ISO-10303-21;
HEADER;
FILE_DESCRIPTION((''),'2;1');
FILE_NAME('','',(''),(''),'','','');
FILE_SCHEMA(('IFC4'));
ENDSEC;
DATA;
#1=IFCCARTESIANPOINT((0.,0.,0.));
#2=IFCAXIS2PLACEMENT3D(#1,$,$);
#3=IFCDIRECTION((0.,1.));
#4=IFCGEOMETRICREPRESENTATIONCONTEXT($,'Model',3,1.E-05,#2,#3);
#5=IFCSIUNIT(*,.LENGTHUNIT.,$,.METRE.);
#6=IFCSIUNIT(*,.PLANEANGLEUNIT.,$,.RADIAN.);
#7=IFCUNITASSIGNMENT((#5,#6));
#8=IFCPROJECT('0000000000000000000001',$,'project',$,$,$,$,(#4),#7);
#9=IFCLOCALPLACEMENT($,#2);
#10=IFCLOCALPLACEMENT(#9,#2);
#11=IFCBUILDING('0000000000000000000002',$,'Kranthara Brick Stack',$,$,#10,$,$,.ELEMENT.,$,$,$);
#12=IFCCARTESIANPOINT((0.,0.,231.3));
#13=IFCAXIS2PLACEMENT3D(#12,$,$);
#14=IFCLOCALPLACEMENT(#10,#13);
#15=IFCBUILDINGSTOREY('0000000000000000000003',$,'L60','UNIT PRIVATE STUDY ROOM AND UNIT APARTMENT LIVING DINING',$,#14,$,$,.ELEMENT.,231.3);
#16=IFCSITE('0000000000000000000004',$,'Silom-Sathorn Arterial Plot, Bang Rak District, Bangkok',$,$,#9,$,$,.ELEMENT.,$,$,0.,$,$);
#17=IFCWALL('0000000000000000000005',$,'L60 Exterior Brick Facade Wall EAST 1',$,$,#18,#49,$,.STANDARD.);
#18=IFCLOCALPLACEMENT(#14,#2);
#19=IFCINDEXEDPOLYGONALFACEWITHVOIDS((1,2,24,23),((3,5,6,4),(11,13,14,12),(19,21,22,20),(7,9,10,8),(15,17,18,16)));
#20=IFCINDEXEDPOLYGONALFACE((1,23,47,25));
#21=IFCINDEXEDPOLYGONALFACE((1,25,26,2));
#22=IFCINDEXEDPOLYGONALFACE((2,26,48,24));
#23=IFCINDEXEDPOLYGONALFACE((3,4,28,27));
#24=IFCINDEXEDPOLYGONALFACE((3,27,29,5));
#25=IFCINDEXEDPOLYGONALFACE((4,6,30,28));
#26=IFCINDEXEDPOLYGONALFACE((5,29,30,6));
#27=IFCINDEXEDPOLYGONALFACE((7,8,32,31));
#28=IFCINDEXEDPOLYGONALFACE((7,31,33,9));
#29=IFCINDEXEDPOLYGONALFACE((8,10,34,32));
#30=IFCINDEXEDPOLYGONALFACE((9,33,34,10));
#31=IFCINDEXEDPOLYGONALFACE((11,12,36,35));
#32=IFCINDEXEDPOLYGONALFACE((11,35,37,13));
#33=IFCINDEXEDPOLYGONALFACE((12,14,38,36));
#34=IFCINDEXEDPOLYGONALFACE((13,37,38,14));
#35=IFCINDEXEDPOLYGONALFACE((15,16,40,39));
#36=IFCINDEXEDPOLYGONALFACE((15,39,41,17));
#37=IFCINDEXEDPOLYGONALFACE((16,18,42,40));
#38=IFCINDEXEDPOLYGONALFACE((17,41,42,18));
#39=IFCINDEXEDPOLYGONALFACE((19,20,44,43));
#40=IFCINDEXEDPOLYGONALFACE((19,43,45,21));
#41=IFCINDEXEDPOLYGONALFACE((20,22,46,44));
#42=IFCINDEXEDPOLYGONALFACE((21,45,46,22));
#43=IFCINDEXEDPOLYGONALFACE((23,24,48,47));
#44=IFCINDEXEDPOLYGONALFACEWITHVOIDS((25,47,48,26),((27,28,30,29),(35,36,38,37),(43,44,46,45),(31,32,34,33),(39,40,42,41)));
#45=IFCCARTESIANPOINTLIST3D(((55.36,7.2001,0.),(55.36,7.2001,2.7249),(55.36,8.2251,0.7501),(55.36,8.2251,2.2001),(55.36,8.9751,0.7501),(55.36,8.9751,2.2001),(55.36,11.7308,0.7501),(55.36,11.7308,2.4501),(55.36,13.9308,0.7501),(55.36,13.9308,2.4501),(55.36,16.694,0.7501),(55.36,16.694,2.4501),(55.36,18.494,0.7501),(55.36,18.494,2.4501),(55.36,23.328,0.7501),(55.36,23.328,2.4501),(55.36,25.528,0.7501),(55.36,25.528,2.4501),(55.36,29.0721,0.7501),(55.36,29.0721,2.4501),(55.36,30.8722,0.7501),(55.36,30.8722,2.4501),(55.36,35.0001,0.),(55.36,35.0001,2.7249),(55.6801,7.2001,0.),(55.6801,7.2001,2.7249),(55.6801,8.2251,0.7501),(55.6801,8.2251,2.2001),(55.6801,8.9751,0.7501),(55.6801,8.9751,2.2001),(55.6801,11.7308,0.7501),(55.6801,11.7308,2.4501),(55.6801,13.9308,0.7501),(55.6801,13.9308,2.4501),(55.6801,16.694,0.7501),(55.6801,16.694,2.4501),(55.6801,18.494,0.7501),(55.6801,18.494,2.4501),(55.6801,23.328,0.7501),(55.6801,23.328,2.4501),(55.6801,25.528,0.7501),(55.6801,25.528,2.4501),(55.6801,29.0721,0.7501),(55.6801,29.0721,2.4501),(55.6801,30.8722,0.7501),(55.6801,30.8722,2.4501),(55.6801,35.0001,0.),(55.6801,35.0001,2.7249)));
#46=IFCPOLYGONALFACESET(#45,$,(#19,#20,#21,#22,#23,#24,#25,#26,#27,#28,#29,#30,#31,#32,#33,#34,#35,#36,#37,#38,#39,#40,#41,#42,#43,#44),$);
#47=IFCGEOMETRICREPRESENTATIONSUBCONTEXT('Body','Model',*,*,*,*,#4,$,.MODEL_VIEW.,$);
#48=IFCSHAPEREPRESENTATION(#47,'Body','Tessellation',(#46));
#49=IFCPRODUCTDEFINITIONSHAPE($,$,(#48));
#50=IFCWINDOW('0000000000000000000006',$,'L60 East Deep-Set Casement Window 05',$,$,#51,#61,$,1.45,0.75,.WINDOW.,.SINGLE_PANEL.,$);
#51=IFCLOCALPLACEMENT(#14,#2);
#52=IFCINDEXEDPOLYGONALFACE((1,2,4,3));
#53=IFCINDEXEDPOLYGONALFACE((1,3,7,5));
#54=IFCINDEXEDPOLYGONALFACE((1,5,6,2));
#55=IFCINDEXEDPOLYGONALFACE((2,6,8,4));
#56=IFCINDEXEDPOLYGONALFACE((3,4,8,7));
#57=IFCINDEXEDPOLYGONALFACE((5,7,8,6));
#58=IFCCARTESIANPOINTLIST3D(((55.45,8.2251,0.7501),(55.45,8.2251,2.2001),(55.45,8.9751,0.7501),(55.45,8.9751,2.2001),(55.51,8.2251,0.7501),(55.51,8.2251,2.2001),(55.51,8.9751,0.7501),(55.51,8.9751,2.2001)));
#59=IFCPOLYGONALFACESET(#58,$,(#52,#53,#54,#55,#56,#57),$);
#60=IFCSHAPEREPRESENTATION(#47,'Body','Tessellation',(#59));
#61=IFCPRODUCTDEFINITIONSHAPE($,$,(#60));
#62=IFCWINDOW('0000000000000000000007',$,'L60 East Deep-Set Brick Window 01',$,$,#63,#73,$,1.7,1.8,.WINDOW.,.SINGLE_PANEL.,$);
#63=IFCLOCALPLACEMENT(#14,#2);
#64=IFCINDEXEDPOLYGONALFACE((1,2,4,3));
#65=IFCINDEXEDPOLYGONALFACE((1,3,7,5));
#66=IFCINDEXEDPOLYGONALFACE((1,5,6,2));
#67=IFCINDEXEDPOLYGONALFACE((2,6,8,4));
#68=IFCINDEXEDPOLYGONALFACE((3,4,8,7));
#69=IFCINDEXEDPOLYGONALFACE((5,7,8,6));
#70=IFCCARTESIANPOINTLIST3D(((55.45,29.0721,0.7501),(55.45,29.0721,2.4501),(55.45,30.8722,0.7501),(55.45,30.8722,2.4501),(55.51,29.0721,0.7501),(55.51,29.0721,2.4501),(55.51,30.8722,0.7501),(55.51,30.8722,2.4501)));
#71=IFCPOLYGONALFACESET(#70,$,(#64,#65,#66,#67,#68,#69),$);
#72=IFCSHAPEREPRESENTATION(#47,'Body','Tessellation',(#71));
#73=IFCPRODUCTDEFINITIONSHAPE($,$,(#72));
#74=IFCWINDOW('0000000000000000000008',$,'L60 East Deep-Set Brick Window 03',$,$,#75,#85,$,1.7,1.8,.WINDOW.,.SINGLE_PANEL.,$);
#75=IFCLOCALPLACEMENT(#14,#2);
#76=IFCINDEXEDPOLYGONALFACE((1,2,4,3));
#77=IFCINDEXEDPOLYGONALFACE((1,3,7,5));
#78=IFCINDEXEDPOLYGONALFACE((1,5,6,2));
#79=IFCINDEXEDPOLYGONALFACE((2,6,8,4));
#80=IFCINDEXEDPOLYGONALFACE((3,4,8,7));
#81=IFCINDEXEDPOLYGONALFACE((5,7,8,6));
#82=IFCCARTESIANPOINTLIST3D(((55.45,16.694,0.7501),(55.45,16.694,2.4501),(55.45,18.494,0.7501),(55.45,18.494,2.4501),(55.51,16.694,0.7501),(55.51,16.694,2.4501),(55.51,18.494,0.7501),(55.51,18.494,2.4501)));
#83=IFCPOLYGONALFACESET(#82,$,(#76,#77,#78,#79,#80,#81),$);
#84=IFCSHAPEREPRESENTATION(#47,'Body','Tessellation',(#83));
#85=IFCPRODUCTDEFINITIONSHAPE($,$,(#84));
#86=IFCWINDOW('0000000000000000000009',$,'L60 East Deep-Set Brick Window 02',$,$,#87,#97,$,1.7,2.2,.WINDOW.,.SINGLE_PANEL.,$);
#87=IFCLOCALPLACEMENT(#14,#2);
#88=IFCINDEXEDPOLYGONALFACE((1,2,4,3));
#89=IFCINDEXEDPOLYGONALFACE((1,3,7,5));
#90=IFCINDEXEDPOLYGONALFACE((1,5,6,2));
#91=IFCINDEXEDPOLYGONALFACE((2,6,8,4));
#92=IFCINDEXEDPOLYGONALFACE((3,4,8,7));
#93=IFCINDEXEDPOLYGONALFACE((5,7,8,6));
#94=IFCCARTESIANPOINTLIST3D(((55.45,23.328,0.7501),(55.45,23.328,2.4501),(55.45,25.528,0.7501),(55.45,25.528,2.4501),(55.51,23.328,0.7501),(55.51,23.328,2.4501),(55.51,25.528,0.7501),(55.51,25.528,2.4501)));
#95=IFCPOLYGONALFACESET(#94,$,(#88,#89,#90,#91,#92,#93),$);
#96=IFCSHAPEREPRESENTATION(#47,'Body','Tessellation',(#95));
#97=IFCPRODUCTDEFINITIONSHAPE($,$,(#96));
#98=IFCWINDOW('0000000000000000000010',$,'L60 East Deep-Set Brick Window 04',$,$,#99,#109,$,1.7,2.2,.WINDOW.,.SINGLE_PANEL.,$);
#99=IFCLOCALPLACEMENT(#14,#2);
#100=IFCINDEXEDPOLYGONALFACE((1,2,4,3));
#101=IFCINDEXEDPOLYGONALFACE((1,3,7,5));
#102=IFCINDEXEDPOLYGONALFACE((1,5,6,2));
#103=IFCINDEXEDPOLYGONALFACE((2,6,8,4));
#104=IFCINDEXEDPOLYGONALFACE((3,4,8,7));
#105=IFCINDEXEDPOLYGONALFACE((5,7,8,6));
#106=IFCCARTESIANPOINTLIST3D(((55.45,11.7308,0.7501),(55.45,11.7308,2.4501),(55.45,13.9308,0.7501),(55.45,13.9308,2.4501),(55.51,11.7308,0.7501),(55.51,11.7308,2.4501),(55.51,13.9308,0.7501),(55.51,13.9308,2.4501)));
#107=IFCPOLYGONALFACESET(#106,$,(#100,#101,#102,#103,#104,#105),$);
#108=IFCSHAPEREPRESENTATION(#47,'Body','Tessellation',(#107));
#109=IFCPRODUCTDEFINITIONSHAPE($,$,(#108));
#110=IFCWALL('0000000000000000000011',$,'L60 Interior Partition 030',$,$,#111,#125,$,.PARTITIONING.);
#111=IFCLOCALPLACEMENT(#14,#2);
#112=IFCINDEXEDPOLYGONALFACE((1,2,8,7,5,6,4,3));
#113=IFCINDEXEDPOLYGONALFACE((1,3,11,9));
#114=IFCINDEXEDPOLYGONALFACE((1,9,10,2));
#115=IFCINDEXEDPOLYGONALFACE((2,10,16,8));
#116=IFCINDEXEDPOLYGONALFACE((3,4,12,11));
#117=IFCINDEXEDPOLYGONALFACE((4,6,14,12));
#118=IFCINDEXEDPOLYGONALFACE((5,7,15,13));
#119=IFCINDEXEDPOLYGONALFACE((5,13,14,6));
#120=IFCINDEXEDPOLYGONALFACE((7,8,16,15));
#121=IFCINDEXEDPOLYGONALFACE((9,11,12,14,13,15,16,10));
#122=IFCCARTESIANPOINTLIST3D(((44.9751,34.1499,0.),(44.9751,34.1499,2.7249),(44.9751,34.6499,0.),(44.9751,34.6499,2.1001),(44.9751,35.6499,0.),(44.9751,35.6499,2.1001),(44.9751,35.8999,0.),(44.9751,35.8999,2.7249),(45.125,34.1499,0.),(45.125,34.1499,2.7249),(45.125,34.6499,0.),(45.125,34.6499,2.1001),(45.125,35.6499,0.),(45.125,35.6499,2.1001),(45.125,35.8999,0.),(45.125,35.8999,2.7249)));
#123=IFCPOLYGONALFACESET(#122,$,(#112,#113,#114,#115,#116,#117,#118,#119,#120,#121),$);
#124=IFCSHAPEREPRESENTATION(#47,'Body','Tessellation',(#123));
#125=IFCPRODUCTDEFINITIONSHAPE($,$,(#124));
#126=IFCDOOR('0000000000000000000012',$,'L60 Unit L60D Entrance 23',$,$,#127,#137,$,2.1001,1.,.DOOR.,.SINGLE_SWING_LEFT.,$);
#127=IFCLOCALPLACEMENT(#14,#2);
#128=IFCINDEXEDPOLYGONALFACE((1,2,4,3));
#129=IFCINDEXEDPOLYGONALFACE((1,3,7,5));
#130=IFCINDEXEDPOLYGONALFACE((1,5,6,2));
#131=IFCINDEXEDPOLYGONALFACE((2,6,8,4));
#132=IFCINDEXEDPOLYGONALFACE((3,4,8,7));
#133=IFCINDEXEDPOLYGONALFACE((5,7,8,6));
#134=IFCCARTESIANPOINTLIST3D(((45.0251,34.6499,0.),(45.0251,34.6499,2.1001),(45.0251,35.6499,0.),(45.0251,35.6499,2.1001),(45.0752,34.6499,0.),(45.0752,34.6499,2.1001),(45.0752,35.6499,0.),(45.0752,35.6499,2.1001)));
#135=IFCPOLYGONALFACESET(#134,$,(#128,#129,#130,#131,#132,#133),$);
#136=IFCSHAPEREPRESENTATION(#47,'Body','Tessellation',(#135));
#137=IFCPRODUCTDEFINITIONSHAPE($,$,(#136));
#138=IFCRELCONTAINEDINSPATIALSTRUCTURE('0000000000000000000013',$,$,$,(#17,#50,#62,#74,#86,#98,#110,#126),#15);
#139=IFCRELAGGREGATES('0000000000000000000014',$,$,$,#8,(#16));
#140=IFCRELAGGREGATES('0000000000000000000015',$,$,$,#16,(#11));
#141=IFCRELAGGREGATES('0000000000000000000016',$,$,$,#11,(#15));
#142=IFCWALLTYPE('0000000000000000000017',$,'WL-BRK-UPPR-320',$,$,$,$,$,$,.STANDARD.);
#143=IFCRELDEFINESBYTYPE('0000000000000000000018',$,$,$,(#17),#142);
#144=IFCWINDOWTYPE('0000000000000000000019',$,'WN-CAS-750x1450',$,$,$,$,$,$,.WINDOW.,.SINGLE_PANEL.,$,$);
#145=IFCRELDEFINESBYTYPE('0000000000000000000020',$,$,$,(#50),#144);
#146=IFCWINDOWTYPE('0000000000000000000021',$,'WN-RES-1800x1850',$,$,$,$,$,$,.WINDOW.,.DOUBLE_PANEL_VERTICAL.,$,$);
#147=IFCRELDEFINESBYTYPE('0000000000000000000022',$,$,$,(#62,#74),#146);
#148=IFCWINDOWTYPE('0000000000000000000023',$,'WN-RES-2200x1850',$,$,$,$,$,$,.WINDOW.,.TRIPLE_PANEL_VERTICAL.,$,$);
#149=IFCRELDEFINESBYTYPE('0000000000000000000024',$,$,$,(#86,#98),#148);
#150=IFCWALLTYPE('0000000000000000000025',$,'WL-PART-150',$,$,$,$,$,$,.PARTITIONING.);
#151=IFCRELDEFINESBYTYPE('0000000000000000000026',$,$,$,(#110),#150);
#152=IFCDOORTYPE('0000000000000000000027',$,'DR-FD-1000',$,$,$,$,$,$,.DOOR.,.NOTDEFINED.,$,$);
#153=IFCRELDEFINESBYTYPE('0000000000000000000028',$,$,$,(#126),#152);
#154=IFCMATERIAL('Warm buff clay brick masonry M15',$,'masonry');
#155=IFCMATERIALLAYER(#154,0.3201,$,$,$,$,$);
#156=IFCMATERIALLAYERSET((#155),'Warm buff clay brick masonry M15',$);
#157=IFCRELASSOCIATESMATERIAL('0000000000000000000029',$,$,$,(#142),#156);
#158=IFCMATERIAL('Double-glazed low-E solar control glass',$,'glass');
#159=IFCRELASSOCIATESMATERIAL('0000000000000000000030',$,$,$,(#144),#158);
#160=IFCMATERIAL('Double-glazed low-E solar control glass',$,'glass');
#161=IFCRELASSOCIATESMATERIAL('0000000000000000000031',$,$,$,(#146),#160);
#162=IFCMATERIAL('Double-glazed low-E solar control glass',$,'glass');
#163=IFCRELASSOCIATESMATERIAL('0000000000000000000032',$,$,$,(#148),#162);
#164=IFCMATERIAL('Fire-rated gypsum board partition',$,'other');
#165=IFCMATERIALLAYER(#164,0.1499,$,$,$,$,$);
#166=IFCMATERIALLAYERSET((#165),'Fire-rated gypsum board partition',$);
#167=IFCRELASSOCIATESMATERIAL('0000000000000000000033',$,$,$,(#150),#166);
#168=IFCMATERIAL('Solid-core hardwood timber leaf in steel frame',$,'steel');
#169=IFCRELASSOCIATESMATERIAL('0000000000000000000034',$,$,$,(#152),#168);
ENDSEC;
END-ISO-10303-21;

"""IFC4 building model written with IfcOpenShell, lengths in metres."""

from ifc_helpers import new_model, si_unit, direction, frame, frame_2d, origin, place, context, subcontext, project, spatial, rectangle, extrude, material, layer, layer_set, type_object, element, fill, save


model = new_model("IFC4")

# Units and contexts
model_context = context("Model", 3, precision=1e-05, world=origin(), true_north=direction((0.0, 1.0)))
body_context = subcontext(model_context, "Body", "Model", "MODEL_VIEW")
ifc_project = project(units=[si_unit("LENGTHUNIT", "METRE"), si_unit("PLANEANGLEUNIT", "RADIAN")], contexts=[model_context])

# Site, building, storey
site_placement = place(None, origin())
site = spatial("IfcSite", under=ifc_project, at=site_placement, Name="Silom-Sathorn Arterial Plot, Bang Rak District, Bangkok", CompositionType="ELEMENT", RefElevation=0.0)
building_placement = place(site_placement, origin())
building = spatial("IfcBuilding", under=site, at=building_placement, Name="Kranthara Brick Stack", CompositionType="ELEMENT")
storey_placement = place(building_placement, frame((0.0, 0.0, 231.3)))
storey = spatial("IfcBuildingStorey", under=building, at=storey_placement, Name="L60", Description="UNIT PRIVATE STUDY ROOM AND UNIT APARTMENT LIVING DINING", CompositionType="ELEMENT", Elevation=231.3)

# Shared definitions
ifc_material_1 = material(Name="Warm buff clay brick masonry M15", Category="masonry")
ifc_layer_1 = layer(ifc_material_1, 0.3201)
ifc_layer_set_1 = layer_set([ifc_layer_1], Name="Warm buff clay brick masonry M15")
wall_type_1 = type_object("IfcWallType", Name="WL-BRK-UPPR-320", PredefinedType="STANDARD", material=ifc_layer_set_1)

# Wall, openings, windows
wall_1_placement = place(storey_placement, frame((55.52, 35.0, 0.0), z_axis=(0.0, 0.0, 1.0), x_axis=(0.0, -1.0, 0.0)))
wall_1 = element("IfcWall", 1, at=wall_1_placement, inside=storey, type_object=wall_type_1, Name="L60 Exterior Brick Facade Wall EAST 1", PredefinedType="STANDARD", context=body_context, shape_type="SweptSolid", body=[
    extrude(rectangle(XDim=27.8, YDim=0.3201, at=frame_2d((13.8999, 0.0))), origin(), (0.0, 0.0, 1.0), 2.7249),
])
opening_1_placement = place(wall_1_placement, frame((4.1279, 0.0, 0.75)))
opening_1 = element("IfcOpeningElement", 2, at=opening_1_placement, cuts=wall_1, PredefinedType="OPENING", context=body_context, shape_type="SweptSolid", body=[
    extrude(rectangle(XDim=1.8, YDim=1.7, at=frame_2d((0.8999, 0.8501))), frame((0.0, 0.1699, 0.0), z_axis=(0.0, -1.0, 0.0), x_axis=(1.0, 0.0, 0.0)), (0.0, 0.0, 1.0), 0.3401),
])
opening_2_placement = place(wall_1_placement, frame((9.4719, 0.0, 0.75)))
opening_2 = element("IfcOpeningElement", 3, at=opening_2_placement, cuts=wall_1, PredefinedType="OPENING", context=body_context, shape_type="SweptSolid", body=[
    extrude(rectangle(XDim=2.2, YDim=1.7, at=frame_2d((1.1001, 0.8501))), frame((0.0, 0.1699, 0.0), z_axis=(0.0, -1.0, 0.0), x_axis=(1.0, 0.0, 0.0)), (0.0, 0.0, 1.0), 0.3401),
])
opening_3_placement = place(wall_1_placement, frame((16.5061, 0.0, 0.75)))
opening_3 = element("IfcOpeningElement", 4, at=opening_3_placement, cuts=wall_1, PredefinedType="OPENING", context=body_context, shape_type="SweptSolid", body=[
    extrude(rectangle(XDim=1.8, YDim=1.7, at=frame_2d((0.8999, 0.8501))), frame((0.0, 0.1699, 0.0), z_axis=(0.0, -1.0, 0.0), x_axis=(1.0, 0.0, 0.0)), (0.0, 0.0, 1.0), 0.3401),
])
opening_4_placement = place(wall_1_placement, frame((21.0691, 0.0, 0.75)))
opening_4 = element("IfcOpeningElement", 5, at=opening_4_placement, cuts=wall_1, PredefinedType="OPENING", context=body_context, shape_type="SweptSolid", body=[
    extrude(rectangle(XDim=2.2, YDim=1.7, at=frame_2d((1.1001, 0.8501))), frame((0.0, 0.1699, 0.0), z_axis=(0.0, -1.0, 0.0), x_axis=(1.0, 0.0, 0.0)), (0.0, 0.0, 1.0), 0.3401),
])
opening_5_placement = place(wall_1_placement, frame((26.0249, 0.0, 0.75)))
opening_5 = element("IfcOpeningElement", 6, at=opening_5_placement, cuts=wall_1, PredefinedType="OPENING", context=body_context, shape_type="SweptSolid", body=[
    extrude(rectangle(XDim=0.75, YDim=1.45, at=frame_2d((0.375, 0.7251))), frame((0.0, 0.1699, 0.0), z_axis=(0.0, -1.0, 0.0), x_axis=(1.0, 0.0, 0.0)), (0.0, 0.0, 1.0), 0.3401),
])
ifc_material_2 = material(Name="Double-glazed low-E solar control glass", Category="glass")
window_type_1 = type_object("IfcWindowType", Name="WN-CAS-750x1450", PartitioningType="SINGLE_PANEL", PredefinedType="WINDOW", material=ifc_material_2)
window_1_placement = place(opening_5_placement, origin())
window_1 = element("IfcWindow", 7, at=window_1_placement, inside=storey, type_object=window_type_1, Name="L60 East Deep-Set Casement Window 05", OverallHeight=1.45, OverallWidth=0.75, PartitioningType="SINGLE_PANEL", PredefinedType="WINDOW", context=body_context, shape_type="SweptSolid", body=[
    extrude(rectangle(XDim=0.75, YDim=1.45, at=frame_2d((0.375, 0.7251))), frame((0.0, -0.01, 0.0), z_axis=(0.0, -1.0, 0.0), x_axis=(1.0, 0.0, 0.0)), (0.0, 0.0, 1.0), 0.0601),
])
fill(opening_5, window_1)
ifc_material_3 = material(Name="Double-glazed low-E solar control glass", Category="glass")
window_type_2 = type_object("IfcWindowType", Name="WN-RES-1800x1850", PartitioningType="DOUBLE_PANEL_VERTICAL", PredefinedType="WINDOW", material=ifc_material_3)
window_2_placement = place(opening_1_placement, origin())
window_2 = element("IfcWindow", 8, at=window_2_placement, inside=storey, type_object=window_type_2, Name="L60 East Deep-Set Brick Window 01", OverallHeight=1.7, OverallWidth=1.8, PartitioningType="SINGLE_PANEL", PredefinedType="WINDOW", context=body_context, shape_type="SweptSolid", body=[
    extrude(rectangle(XDim=1.8, YDim=1.7, at=frame_2d((0.8999, 0.8501))), frame((0.0, -0.01, 0.0), z_axis=(0.0, -1.0, 0.0), x_axis=(1.0, 0.0, 0.0)), (0.0, 0.0, 1.0), 0.0601),
])
fill(opening_1, window_2)
window_3_placement = place(opening_3_placement, origin())
window_3 = element("IfcWindow", 9, at=window_3_placement, inside=storey, type_object=window_type_2, Name="L60 East Deep-Set Brick Window 03", OverallHeight=1.7, OverallWidth=1.8, PartitioningType="SINGLE_PANEL", PredefinedType="WINDOW", context=body_context, shape_type="SweptSolid", body=[
    extrude(rectangle(XDim=1.8, YDim=1.7, at=frame_2d((0.8999, 0.8501))), frame((0.0, -0.01, 0.0), z_axis=(0.0, -1.0, 0.0), x_axis=(1.0, 0.0, 0.0)), (0.0, 0.0, 1.0), 0.0601),
])
fill(opening_3, window_3)
ifc_material_4 = material(Name="Double-glazed low-E solar control glass", Category="glass")
window_type_3 = type_object("IfcWindowType", Name="WN-RES-2200x1850", PartitioningType="TRIPLE_PANEL_VERTICAL", PredefinedType="WINDOW", material=ifc_material_4)
window_4_placement = place(opening_2_placement, origin())
window_4 = element("IfcWindow", 10, at=window_4_placement, inside=storey, type_object=window_type_3, Name="L60 East Deep-Set Brick Window 02", OverallHeight=1.7, OverallWidth=2.2, PartitioningType="SINGLE_PANEL", PredefinedType="WINDOW", context=body_context, shape_type="SweptSolid", body=[
    extrude(rectangle(XDim=2.2, YDim=1.7, at=frame_2d((1.1001, 0.8501))), frame((0.0, -0.01, 0.0), z_axis=(0.0, -1.0, 0.0), x_axis=(1.0, 0.0, 0.0)), (0.0, 0.0, 1.0), 0.0601),
])
fill(opening_2, window_4)
window_5_placement = place(opening_4_placement, origin())
window_5 = element("IfcWindow", 11, at=window_5_placement, inside=storey, type_object=window_type_3, Name="L60 East Deep-Set Brick Window 04", OverallHeight=1.7, OverallWidth=2.2, PartitioningType="SINGLE_PANEL", PredefinedType="WINDOW", context=body_context, shape_type="SweptSolid", body=[
    extrude(rectangle(XDim=2.2, YDim=1.7, at=frame_2d((1.1001, 0.8501))), frame((0.0, -0.01, 0.0), z_axis=(0.0, -1.0, 0.0), x_axis=(1.0, 0.0, 0.0)), (0.0, 0.0, 1.0), 0.0601),
])
fill(opening_4, window_5)

# Wall, opening, door
ifc_material_5 = material(Name="Fire-rated gypsum board partition", Category="other")
ifc_layer_2 = layer(ifc_material_5, 0.1499)
ifc_layer_set_2 = layer_set([ifc_layer_2], Name="Fire-rated gypsum board partition")
wall_type_2 = type_object("IfcWallType", Name="WL-PART-150", PredefinedType="PARTITIONING", material=ifc_layer_set_2)
wall_2_placement = place(storey_placement, frame((45.05, 34.1499, 0.0), z_axis=(0.0, 0.0, 1.0), x_axis=(0.0, 1.0, 0.0)))
wall_2 = element("IfcWall", 12, at=wall_2_placement, inside=storey, type_object=wall_type_2, Name="L60 Interior Partition 030", PredefinedType="PARTITIONING", context=body_context, shape_type="SweptSolid", body=[
    extrude(rectangle(XDim=1.75, YDim=0.1499, at=frame_2d((0.875, 0.0))), origin(), (0.0, 0.0, 1.0), 2.7249),
])
opening_6_placement = place(wall_2_placement, frame((0.5, 0.0, 0.0)))
opening_6 = element("IfcOpeningElement", 13, at=opening_6_placement, cuts=wall_2, PredefinedType="OPENING", context=body_context, shape_type="SweptSolid", body=[
    extrude(rectangle(XDim=1.0, YDim=2.1001, at=frame_2d((0.5, 1.05))), frame((0.0, 0.085, 0.0), z_axis=(0.0, -1.0, 0.0), x_axis=(1.0, 0.0, 0.0)), (0.0, 0.0, 1.0), 0.1699),
])
ifc_material_6 = material(Name="Solid-core hardwood timber leaf in steel frame", Category="steel")
door_type = type_object("IfcDoorType", Name="DR-FD-1000", OperationType="NOTDEFINED", PredefinedType="DOOR", material=ifc_material_6)
door_placement = place(opening_6_placement, origin())
door = element("IfcDoor", 14, at=door_placement, inside=storey, type_object=door_type, Name="L60 Unit L60D Entrance 23", OperationType="SINGLE_SWING_LEFT", OverallHeight=2.1001, OverallWidth=1.0, PredefinedType="DOOR", context=body_context, shape_type="SweptSolid", body=[
    extrude(rectangle(XDim=1.0, YDim=2.1001, at=frame_2d((0.5, 1.05))), frame((0.0, 0.0249, 0.0), z_axis=(0.0, -1.0, 0.0), x_axis=(1.0, 0.0, 0.0)), (0.0, 0.0, 1.0), 0.05),
])
fill(opening_6, door)

save(model, "model.ifc")
